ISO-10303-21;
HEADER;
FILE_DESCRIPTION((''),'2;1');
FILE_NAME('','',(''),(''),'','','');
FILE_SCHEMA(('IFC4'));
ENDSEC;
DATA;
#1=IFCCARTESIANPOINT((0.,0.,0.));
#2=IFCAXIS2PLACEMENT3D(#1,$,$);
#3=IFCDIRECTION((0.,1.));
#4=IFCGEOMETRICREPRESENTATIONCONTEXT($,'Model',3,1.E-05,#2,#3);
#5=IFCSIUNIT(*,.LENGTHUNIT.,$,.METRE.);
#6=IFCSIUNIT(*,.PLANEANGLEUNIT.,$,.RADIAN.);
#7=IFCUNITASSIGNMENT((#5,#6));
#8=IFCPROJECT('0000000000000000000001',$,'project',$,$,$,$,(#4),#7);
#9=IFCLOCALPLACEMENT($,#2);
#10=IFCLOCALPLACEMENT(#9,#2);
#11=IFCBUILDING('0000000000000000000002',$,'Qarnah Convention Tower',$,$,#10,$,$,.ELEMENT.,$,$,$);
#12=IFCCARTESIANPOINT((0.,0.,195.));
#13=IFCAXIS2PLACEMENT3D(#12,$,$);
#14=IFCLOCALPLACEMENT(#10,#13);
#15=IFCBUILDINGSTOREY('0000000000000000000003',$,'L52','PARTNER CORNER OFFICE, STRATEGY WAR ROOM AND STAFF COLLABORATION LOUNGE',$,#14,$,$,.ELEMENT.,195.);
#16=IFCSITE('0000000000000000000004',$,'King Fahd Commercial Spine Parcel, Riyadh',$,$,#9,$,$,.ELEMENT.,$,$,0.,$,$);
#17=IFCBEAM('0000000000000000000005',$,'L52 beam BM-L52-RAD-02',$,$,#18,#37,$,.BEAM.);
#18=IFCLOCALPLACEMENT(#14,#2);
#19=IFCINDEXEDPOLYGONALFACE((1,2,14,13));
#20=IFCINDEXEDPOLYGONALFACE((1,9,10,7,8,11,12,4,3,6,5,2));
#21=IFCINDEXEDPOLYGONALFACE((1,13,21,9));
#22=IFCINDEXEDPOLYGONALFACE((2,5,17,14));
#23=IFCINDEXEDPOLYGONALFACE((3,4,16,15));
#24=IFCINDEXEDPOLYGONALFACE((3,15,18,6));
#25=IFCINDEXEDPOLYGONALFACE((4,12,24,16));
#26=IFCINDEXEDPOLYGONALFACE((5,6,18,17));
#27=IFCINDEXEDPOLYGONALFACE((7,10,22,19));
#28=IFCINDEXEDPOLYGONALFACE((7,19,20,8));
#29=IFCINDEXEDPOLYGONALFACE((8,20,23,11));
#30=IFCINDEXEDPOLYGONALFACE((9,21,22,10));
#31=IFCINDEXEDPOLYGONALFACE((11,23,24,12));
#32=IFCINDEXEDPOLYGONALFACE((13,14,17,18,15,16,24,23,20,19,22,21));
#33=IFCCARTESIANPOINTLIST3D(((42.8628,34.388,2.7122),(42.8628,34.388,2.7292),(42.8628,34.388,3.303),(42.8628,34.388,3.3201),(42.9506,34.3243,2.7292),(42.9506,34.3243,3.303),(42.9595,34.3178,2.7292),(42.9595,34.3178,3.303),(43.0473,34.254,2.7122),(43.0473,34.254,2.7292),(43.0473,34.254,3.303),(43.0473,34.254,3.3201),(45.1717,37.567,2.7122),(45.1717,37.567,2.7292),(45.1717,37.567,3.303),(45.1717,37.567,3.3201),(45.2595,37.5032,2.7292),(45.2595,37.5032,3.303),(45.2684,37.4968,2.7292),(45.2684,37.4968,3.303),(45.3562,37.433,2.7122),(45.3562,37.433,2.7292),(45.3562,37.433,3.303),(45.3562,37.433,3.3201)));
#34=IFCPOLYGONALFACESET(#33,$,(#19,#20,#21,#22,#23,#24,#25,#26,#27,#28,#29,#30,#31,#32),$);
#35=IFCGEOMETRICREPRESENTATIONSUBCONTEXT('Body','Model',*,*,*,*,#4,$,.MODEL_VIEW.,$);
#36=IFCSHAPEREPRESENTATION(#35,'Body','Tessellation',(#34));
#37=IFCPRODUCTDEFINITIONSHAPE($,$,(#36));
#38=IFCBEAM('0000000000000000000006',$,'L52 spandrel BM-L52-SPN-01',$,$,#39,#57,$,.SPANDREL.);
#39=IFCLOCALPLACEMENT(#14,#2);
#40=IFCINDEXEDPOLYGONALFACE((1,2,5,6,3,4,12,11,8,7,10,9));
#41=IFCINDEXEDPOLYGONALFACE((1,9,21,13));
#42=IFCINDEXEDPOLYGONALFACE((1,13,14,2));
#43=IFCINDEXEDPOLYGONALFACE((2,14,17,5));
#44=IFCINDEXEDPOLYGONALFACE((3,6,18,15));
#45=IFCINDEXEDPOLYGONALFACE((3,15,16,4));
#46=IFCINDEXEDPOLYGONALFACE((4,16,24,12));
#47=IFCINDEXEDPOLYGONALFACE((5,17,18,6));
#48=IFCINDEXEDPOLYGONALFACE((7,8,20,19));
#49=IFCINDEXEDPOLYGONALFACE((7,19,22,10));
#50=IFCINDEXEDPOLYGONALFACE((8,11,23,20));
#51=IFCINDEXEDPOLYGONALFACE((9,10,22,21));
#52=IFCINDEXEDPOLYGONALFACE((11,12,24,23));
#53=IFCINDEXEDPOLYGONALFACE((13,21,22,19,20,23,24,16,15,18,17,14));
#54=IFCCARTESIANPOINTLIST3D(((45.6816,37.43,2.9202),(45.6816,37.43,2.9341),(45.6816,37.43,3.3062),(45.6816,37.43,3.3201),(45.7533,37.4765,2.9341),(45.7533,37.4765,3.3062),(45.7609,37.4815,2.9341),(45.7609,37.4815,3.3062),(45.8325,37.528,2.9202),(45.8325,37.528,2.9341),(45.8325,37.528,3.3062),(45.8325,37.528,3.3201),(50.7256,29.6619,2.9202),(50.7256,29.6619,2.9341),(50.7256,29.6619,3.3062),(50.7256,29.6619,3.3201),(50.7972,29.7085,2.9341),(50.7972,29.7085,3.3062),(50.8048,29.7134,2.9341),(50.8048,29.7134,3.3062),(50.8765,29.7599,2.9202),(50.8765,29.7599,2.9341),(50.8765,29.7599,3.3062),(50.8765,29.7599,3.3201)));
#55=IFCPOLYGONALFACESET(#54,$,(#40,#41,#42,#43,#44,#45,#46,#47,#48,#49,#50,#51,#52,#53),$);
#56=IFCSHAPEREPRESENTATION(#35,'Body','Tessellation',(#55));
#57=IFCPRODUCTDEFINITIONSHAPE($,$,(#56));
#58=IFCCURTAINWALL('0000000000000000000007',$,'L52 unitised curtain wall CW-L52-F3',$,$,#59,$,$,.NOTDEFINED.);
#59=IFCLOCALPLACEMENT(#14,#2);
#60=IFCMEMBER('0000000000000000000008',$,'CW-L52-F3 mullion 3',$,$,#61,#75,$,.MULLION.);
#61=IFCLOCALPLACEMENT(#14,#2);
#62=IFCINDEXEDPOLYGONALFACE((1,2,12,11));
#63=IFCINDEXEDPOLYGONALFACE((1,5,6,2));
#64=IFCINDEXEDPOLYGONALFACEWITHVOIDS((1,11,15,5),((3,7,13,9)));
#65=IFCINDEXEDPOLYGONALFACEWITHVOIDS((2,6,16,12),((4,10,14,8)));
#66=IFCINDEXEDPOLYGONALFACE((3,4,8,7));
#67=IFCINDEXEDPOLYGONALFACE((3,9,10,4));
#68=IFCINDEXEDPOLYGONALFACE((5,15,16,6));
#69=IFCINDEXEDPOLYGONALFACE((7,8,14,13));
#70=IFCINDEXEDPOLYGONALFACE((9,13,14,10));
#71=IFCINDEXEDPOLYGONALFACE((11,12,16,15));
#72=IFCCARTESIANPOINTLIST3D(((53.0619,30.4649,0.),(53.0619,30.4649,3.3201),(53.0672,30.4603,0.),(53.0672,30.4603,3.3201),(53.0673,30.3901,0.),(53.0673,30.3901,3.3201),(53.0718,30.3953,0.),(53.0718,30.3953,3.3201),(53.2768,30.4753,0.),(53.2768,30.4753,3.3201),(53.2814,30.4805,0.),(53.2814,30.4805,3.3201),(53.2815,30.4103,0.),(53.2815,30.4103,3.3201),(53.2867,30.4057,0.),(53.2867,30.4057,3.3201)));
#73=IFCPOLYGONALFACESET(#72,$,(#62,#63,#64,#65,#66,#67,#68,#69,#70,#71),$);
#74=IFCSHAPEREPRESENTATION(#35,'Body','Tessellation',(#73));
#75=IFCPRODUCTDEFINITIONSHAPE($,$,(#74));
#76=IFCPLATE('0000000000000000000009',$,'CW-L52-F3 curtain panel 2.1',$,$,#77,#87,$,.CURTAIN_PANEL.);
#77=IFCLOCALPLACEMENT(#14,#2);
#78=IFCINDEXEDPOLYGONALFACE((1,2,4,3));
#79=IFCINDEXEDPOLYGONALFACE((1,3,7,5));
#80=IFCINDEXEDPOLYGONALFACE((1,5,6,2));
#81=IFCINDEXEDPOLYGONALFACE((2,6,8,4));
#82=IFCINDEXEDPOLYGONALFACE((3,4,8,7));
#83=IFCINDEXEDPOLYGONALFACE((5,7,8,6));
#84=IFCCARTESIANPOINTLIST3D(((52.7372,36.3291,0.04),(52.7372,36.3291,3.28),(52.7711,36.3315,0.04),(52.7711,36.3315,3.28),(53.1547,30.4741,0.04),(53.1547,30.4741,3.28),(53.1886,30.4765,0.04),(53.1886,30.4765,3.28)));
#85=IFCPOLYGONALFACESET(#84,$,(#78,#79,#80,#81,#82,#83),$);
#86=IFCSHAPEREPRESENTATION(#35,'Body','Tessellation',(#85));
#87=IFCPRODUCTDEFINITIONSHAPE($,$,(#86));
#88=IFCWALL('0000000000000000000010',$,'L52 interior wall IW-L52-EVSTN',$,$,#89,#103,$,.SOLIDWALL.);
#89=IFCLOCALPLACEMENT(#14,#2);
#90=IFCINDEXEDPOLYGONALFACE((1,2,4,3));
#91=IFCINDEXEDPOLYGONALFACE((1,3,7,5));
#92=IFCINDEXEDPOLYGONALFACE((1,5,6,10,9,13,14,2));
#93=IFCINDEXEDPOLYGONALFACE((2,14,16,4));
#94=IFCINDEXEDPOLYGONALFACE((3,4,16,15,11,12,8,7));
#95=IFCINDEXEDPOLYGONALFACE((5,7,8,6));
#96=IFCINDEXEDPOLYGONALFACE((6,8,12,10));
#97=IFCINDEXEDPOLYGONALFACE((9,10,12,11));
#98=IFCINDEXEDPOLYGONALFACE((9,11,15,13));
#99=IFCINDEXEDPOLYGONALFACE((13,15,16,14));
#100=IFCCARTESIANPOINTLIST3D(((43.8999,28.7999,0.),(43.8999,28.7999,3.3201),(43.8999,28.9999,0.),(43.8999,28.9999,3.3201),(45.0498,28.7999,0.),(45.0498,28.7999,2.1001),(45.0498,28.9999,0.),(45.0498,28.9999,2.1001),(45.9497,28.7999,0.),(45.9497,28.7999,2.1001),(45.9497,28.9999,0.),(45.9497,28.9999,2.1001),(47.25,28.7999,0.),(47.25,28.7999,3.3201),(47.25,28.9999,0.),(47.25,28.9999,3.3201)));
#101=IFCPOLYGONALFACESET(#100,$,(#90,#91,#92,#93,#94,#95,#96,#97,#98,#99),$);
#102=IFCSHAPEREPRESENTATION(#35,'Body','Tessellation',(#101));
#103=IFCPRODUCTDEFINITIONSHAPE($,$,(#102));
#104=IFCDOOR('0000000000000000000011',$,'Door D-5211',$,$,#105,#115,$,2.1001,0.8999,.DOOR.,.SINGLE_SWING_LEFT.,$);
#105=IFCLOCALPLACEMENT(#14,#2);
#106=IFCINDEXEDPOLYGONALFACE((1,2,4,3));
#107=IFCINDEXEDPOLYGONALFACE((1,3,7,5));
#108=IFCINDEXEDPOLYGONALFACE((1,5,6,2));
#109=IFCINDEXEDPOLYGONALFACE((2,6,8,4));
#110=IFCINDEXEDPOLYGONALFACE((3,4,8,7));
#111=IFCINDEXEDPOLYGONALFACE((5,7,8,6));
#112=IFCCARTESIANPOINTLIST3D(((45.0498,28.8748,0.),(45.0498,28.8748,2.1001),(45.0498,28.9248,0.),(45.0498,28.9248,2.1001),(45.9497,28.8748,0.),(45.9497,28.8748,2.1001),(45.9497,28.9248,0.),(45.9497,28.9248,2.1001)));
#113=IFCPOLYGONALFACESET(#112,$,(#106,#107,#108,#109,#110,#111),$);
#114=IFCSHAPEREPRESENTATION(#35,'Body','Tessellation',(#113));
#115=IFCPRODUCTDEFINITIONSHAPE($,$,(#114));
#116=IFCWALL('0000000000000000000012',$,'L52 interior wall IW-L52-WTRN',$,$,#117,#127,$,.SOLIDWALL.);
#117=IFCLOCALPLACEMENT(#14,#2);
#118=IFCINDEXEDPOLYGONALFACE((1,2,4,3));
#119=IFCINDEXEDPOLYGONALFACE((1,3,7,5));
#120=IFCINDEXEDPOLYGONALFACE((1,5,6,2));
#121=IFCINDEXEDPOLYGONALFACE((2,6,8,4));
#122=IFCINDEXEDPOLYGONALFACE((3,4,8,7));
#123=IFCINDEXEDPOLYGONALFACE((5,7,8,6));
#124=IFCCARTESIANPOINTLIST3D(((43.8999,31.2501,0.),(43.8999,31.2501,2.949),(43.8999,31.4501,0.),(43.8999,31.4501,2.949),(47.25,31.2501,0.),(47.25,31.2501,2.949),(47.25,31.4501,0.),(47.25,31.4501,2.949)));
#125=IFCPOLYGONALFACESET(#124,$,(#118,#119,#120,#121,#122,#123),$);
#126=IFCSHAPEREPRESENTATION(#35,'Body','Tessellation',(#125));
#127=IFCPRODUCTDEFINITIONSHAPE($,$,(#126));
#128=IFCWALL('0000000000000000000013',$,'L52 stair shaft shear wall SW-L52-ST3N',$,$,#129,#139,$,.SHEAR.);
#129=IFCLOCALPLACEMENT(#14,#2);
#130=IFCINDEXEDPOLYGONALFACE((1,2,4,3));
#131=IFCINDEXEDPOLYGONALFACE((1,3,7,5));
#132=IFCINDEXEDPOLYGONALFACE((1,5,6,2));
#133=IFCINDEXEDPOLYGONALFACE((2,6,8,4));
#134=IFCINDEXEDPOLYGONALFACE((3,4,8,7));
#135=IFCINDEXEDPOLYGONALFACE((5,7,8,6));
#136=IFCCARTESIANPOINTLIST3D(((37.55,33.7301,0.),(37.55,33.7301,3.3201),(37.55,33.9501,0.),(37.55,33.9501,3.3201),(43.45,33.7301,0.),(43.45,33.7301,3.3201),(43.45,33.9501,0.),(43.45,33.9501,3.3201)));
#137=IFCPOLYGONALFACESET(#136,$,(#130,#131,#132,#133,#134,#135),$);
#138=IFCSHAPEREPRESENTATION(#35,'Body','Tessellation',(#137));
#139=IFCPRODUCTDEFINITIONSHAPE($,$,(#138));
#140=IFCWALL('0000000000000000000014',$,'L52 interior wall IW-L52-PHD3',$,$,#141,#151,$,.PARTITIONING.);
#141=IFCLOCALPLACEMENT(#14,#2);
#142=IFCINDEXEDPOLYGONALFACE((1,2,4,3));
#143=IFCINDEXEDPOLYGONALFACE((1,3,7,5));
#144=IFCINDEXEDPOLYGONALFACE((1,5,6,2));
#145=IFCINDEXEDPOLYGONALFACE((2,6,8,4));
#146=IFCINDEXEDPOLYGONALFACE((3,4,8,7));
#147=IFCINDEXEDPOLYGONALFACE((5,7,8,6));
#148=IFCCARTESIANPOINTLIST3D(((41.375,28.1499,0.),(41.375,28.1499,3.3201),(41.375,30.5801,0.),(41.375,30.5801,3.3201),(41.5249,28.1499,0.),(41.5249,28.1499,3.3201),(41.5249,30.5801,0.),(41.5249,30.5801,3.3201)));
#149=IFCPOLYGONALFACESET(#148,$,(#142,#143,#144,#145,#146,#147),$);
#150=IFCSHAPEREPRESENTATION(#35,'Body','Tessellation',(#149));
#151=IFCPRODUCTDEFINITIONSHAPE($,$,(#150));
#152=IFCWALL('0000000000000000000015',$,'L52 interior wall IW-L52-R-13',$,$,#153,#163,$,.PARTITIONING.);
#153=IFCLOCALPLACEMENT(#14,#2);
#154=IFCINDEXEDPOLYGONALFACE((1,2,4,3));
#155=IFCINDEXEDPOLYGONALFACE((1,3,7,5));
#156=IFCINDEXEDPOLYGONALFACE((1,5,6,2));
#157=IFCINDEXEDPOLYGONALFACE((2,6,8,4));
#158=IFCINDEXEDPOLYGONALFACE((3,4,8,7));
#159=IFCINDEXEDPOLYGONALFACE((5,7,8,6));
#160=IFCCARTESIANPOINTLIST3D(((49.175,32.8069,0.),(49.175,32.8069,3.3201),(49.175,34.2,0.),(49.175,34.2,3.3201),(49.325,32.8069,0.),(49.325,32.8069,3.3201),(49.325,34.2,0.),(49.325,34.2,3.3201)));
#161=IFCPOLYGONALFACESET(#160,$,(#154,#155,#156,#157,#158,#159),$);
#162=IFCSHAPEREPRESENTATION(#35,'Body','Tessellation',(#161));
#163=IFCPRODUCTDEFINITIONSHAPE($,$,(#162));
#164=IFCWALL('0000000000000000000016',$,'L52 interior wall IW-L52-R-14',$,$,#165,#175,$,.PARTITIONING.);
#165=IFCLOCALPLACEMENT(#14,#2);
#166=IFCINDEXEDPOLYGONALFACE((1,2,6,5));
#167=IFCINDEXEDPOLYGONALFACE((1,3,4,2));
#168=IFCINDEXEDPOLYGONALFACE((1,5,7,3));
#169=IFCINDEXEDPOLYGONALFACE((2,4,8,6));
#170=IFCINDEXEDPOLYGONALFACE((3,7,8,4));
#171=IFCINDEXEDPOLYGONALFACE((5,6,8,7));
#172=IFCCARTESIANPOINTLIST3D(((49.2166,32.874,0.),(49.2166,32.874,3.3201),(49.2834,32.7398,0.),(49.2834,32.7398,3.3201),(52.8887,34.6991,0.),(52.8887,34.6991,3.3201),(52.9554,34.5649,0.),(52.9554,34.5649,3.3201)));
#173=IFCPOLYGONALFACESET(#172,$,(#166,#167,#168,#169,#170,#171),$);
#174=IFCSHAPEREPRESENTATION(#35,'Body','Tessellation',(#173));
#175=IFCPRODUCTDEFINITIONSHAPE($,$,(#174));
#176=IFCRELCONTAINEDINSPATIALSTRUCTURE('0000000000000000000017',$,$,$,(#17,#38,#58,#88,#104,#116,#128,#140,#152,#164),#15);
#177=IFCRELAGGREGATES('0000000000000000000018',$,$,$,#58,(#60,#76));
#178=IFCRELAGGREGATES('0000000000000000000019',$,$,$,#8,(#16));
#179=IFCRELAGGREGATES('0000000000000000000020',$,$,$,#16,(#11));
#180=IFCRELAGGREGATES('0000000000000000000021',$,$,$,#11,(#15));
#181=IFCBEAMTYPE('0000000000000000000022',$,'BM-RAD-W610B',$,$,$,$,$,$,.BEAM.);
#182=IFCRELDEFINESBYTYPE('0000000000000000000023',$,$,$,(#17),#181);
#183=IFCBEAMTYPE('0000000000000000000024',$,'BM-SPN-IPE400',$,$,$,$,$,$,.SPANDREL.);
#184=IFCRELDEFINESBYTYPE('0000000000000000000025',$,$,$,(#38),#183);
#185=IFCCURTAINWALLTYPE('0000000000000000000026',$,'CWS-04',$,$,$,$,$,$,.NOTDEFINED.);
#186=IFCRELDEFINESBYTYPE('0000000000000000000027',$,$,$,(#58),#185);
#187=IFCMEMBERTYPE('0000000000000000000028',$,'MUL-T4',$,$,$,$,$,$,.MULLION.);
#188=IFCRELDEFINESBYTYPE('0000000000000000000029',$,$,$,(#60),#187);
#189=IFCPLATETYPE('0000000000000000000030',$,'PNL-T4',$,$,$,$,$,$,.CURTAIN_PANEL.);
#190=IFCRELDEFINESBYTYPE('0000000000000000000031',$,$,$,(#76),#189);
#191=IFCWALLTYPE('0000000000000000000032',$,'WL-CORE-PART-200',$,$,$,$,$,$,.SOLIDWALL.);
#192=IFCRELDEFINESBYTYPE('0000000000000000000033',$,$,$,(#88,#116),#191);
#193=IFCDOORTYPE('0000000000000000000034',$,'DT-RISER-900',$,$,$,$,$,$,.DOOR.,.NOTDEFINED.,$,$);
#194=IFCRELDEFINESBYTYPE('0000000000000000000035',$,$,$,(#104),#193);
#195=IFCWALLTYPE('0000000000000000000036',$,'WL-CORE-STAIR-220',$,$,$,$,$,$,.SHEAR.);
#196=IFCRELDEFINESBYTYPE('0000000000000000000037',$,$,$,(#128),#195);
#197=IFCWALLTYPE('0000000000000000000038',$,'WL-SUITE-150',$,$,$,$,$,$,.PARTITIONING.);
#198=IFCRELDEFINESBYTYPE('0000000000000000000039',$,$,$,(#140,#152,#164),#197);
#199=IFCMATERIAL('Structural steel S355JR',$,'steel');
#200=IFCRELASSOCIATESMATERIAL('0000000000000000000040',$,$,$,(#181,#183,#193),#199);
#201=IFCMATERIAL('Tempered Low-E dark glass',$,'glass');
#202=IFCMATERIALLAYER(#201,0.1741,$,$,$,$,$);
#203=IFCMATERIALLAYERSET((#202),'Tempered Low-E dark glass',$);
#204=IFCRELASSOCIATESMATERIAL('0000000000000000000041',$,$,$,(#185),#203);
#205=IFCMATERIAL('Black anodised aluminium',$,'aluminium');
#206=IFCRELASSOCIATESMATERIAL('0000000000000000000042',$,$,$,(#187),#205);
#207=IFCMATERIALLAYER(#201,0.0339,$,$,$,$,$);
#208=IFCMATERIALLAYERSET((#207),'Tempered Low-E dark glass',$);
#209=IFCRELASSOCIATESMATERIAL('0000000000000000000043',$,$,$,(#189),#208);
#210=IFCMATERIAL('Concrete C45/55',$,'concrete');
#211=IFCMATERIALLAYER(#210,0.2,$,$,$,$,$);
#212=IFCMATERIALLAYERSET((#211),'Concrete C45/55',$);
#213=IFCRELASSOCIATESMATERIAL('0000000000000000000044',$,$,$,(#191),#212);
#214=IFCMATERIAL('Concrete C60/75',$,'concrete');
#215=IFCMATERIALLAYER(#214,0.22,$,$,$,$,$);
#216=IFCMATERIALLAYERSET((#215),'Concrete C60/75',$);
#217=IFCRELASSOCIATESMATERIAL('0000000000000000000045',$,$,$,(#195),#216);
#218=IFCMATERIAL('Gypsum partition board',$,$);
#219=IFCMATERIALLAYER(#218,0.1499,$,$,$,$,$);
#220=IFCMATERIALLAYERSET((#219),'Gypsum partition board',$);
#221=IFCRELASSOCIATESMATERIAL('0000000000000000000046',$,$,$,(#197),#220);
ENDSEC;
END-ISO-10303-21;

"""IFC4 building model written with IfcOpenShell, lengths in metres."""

from ifc_helpers import new_model, si_unit, direction, frame, frame_2d, origin, origin_2d, place, context, subcontext, project, spatial, rectangle, hollow_rectangle, i_section, extrude, material, layer, layer_set, material_profile, profile_set, type_object, element, fill, aggregate, save


model = new_model("IFC4")

# Units and contexts
model_context = context("Model", 3, precision=1e-05, world=origin(), true_north=direction((0.0, 1.0)))
body_context = subcontext(model_context, "Body", "Model", "MODEL_VIEW")
ifc_project = project(units=[si_unit("LENGTHUNIT", "METRE"), si_unit("PLANEANGLEUNIT", "RADIAN")], contexts=[model_context])

# Site, building, storey
site_placement = place(None, origin())
site = spatial("IfcSite", under=ifc_project, at=site_placement, Name="King Fahd Commercial Spine Parcel, Riyadh", CompositionType="ELEMENT", RefElevation=0.0)
building_placement = place(site_placement, origin())
building = spatial("IfcBuilding", under=site, at=building_placement, Name="Qarnah Convention Tower", CompositionType="ELEMENT")
storey_placement = place(building_placement, frame((0.0, 0.0, 195.0)))
storey = spatial("IfcBuildingStorey", under=building, at=storey_placement, Name="L52", Description="PARTNER CORNER OFFICE, STRATEGY WAR ROOM AND STAFF COLLABORATION LOUNGE", CompositionType="ELEMENT", Elevation=195.0)

# Beams
ifc_material_1 = material(Name="Structural steel S355JR", Category="steel")
ifc_material_profile_1 = material_profile(ifc_material_1, i_section(OverallWidth=0.228, OverallDepth=0.6079, WebThickness=0.011, FlangeThickness=0.0171, at=origin_2d()), Name="W610X113")
ifc_profile_set_1 = profile_set([ifc_material_profile_1], Name="Structural steel S355JR")
beam_type_1 = type_object("IfcBeamType", Name="BM-RAD-W610B", PredefinedType="BEAM", material=ifc_profile_set_1)
beam_1_placement = place(storey_placement, frame((42.9551, 34.321, 3.0161), z_axis=(0.587651, 0.809115, 0.0), x_axis=(-0.809115, 0.587651, 0.0)))
element("IfcBeam", 1, at=beam_1_placement, inside=storey, type_object=beam_type_1, Name="L52 beam BM-L52-RAD-02", PredefinedType="BEAM", context=body_context, shape_type="SweptSolid", body=[
    extrude(i_section(OverallWidth=0.228, OverallDepth=0.6079, WebThickness=0.011, FlangeThickness=0.0171, at=origin_2d()), origin(), (0.0, 0.0, 1.0), 3.929),
])
ifc_material_profile_2 = material_profile(ifc_material_1, i_section(OverallWidth=0.1799, OverallDepth=0.3999, WebThickness=0.009, FlangeThickness=0.0139, at=origin_2d()), Name="IPE400")
ifc_profile_set_2 = profile_set([ifc_material_profile_2], Name="Structural steel S355JR")
beam_type_2 = type_object("IfcBeamType", Name="BM-SPN-IPE400", PredefinedType="SPANDREL", material=ifc_profile_set_2)
beam_2_placement = place(storey_placement, frame((50.801, 29.7109, 3.1201), z_axis=(-0.544586, 0.838705, 0.0), x_axis=(-0.838705, -0.544586, 0.0)))
element("IfcBeam", 2, at=beam_2_placement, inside=storey, type_object=beam_type_2, Name="L52 spandrel BM-L52-SPN-01", PredefinedType="SPANDREL", context=body_context, shape_type="SweptSolid", body=[
    extrude(i_section(OverallWidth=0.1799, OverallDepth=0.3999, WebThickness=0.009, FlangeThickness=0.0139, at=origin_2d()), origin(), (0.0, 0.0, 1.0), 9.262),
])

# Curtain wall, member, plate
ifc_material_2 = material(Name="Tempered Low-E dark glass", Category="glass")
ifc_layer_1 = layer(ifc_material_2, 0.1741)
ifc_layer_set_1 = layer_set([ifc_layer_1], Name="Tempered Low-E dark glass")
curtain_wall_type = type_object("IfcCurtainWallType", Name="CWS-04", PredefinedType="NOTDEFINED", material=ifc_layer_set_1)
curtain_wall_placement = place(storey_placement, origin())
curtain_wall = element("IfcCurtainWall", 3, at=curtain_wall_placement, inside=storey, type_object=curtain_wall_type, Name="L52 unitised curtain wall CW-L52-F3", PredefinedType="NOTDEFINED")
ifc_material_3 = material(Name="Black anodised aluminium", Category="aluminium")
ifc_material_profile_3 = material_profile(ifc_material_3, hollow_rectangle(XDim=0.075, YDim=0.22, WallThickness=0.0049, at=origin_2d()), Name="MUL-75X220")
ifc_profile_set_3 = profile_set([ifc_material_profile_3], Name="Black anodised aluminium")
member_type = type_object("IfcMemberType", Name="MUL-T4", PredefinedType="MULLION", material=ifc_profile_set_3)
member_placement = place(storey_placement, frame((53.1743, 30.4353, 0.0), z_axis=(0.0, 0.0, 1.0), x_axis=(0.071128, -0.997467, 0.0)))
member = element("IfcMember", 4, at=member_placement, type_object=member_type, Name="CW-L52-F3 mullion 3", PredefinedType="MULLION", context=body_context, shape_type="SweptSolid", body=[
    extrude(hollow_rectangle(XDim=0.075, YDim=0.22, WallThickness=0.0049, at=origin_2d()), origin(), (0.0, 0.0, 1.0), 3.3201),
])
ifc_layer_2 = layer(ifc_material_2, 0.0339)
ifc_layer_set_2 = layer_set([ifc_layer_2], Name="Tempered Low-E dark glass")
plate_type = type_object("IfcPlateType", Name="PNL-T4", PredefinedType="CURTAIN_PANEL", material=ifc_layer_set_2)
plate_placement = place(storey_placement, frame((52.9629, 33.4028, 0.04), z_axis=(0.0, 0.0, 1.0), x_axis=(0.071128, -0.997467, 0.0)))
plate = element("IfcPlate", 5, at=plate_placement, type_object=plate_type, Name="CW-L52-F3 curtain panel 2.1", PredefinedType="CURTAIN_PANEL", context=body_context, shape_type="SweptSolid", body=[
    extrude(rectangle(XDim=5.8699, YDim=0.0339, at=origin_2d()), origin(), (0.0, 0.0, 1.0), 3.24),
])
aggregate(curtain_wall, [member, plate])

# Wall, opening, door
ifc_material_4 = material(Name="Concrete C45/55", Category="concrete")
ifc_layer_3 = layer(ifc_material_4, 0.2)
ifc_layer_set_3 = layer_set([ifc_layer_3], Name="Concrete C45/55")
wall_type_1 = type_object("IfcWallType", Name="WL-CORE-PART-200", PredefinedType="SOLIDWALL", material=ifc_layer_set_3)
wall_1_placement = place(storey_placement, frame((43.8999, 28.8999, 0.0), z_axis=(0.0, 0.0, 1.0), x_axis=(1.0, 0.0, 0.0)))
wall_1 = element("IfcWall", 6, at=wall_1_placement, inside=storey, type_object=wall_type_1, Name="L52 interior wall IW-L52-EVSTN", PredefinedType="SOLIDWALL", context=body_context, shape_type="SweptSolid", body=[
    extrude(rectangle(XDim=3.3501, YDim=0.2, at=frame_2d((1.675, 0.0))), origin(), (0.0, 0.0, 1.0), 3.3201),
])
opening_1_placement = place(wall_1_placement, frame((1.1499, 0.0, 0.0)))
opening_1 = element("IfcOpeningElement", 7, at=opening_1_placement, cuts=wall_1, PredefinedType="OPENING", context=body_context, shape_type="SweptSolid", body=[
    extrude(rectangle(XDim=0.8999, YDim=2.1001, at=frame_2d((0.45, 1.05))), frame((0.0, 0.1099, 0.0), z_axis=(0.0, -1.0, 0.0), x_axis=(1.0, 0.0, 0.0)), (0.0, 0.0, 1.0), 0.22),
])
door_type_1 = type_object("IfcDoorType", Name="DT-RISER-900", OperationType="NOTDEFINED", PredefinedType="DOOR", material=ifc_material_1)
door_1_placement = place(opening_1_placement, origin())
door_1 = element("IfcDoor", 8, at=door_1_placement, inside=storey, type_object=door_type_1, Name="Door D-5211", OperationType="SINGLE_SWING_LEFT", OverallHeight=2.1001, OverallWidth=0.8999, PredefinedType="DOOR", context=body_context, shape_type="SweptSolid", body=[
    extrude(rectangle(XDim=0.8999, YDim=2.1001, at=frame_2d((0.45, 1.05))), frame((0.0, 0.0249, 0.0), z_axis=(0.0, -1.0, 0.0), x_axis=(1.0, 0.0, 0.0)), (0.0, 0.0, 1.0), 0.05),
])
fill(opening_1, door_1)

# Walls
wall_2_placement = place(storey_placement, frame((43.8999, 31.3501, 0.0), z_axis=(0.0, 0.0, 1.0), x_axis=(1.0, 0.0, 0.0)))
element("IfcWall", 9, at=wall_2_placement, inside=storey, type_object=wall_type_1, Name="L52 interior wall IW-L52-WTRN", PredefinedType="SOLIDWALL", context=body_context, shape_type="SweptSolid", body=[
    extrude(rectangle(XDim=3.3501, YDim=0.2, at=frame_2d((1.675, 0.0))), origin(), (0.0, 0.0, 1.0), 2.949),
])
ifc_material_5 = material(Name="Concrete C60/75", Category="concrete")
ifc_layer_4 = layer(ifc_material_5, 0.22)
ifc_layer_set_4 = layer_set([ifc_layer_4], Name="Concrete C60/75")
wall_type_2 = type_object("IfcWallType", Name="WL-CORE-STAIR-220", PredefinedType="SHEAR", material=ifc_layer_set_4)
wall_3_placement = place(storey_placement, frame((37.55, 33.8401, 0.0), z_axis=(0.0, 0.0, 1.0), x_axis=(1.0, 0.0, 0.0)))
element("IfcWall", 10, at=wall_3_placement, inside=storey, type_object=wall_type_2, Name="L52 stair shaft shear wall SW-L52-ST3N", PredefinedType="SHEAR", context=body_context, shape_type="SweptSolid", body=[
    extrude(rectangle(XDim=5.8999, YDim=0.22, at=frame_2d((2.95, 0.0))), origin(), (0.0, 0.0, 1.0), 3.3201),
])
ifc_material_6 = material(Name="Gypsum partition board")
ifc_layer_5 = layer(ifc_material_6, 0.1499)
ifc_layer_set_5 = layer_set([ifc_layer_5], Name="Gypsum partition board")
wall_type_3 = type_object("IfcWallType", Name="WL-SUITE-150", PredefinedType="PARTITIONING", material=ifc_layer_set_5)
wall_4_placement = place(storey_placement, frame((41.45, 28.1499, 0.0), z_axis=(0.0, 0.0, 1.0), x_axis=(0.0, 1.0, 0.0)))
element("IfcWall", 11, at=wall_4_placement, inside=storey, type_object=wall_type_3, Name="L52 interior wall IW-L52-PHD3", PredefinedType="PARTITIONING", context=body_context, shape_type="SweptSolid", body=[
    extrude(rectangle(XDim=2.4302, YDim=0.1499, at=frame_2d((1.2151, 0.0))), origin(), (0.0, 0.0, 1.0), 3.3201),
])
wall_5_placement = place(storey_placement, frame((49.25, 34.2, 0.0), z_axis=(0.0, 0.0, 1.0), x_axis=(0.0, -1.0, 0.0)))
element("IfcWall", 12, at=wall_5_placement, inside=storey, type_object=wall_type_3, Name="L52 interior wall IW-L52-R-13", PredefinedType="PARTITIONING", context=body_context, shape_type="SweptSolid", body=[
    extrude(rectangle(XDim=1.3931, YDim=0.1499, at=frame_2d((0.6965, 0.0))), origin(), (0.0, 0.0, 1.0), 3.3201),
])
wall_6_placement = place(storey_placement, frame((49.25, 32.8069, 0.0), z_axis=(0.0, 0.0, 1.0), x_axis=(0.895484, 0.445093, 0.0)))
element("IfcWall", 13, at=wall_6_placement, inside=storey, type_object=wall_type_3, Name="L52 interior wall IW-L52-R-14", PredefinedType="PARTITIONING", context=body_context, shape_type="SweptSolid", body=[
    extrude(rectangle(XDim=4.1006, YDim=0.1499, at=frame_2d((2.0503, 0.0))), origin(), (0.0, 0.0, 1.0), 3.3201),
])

save(model, "model.ifc")
